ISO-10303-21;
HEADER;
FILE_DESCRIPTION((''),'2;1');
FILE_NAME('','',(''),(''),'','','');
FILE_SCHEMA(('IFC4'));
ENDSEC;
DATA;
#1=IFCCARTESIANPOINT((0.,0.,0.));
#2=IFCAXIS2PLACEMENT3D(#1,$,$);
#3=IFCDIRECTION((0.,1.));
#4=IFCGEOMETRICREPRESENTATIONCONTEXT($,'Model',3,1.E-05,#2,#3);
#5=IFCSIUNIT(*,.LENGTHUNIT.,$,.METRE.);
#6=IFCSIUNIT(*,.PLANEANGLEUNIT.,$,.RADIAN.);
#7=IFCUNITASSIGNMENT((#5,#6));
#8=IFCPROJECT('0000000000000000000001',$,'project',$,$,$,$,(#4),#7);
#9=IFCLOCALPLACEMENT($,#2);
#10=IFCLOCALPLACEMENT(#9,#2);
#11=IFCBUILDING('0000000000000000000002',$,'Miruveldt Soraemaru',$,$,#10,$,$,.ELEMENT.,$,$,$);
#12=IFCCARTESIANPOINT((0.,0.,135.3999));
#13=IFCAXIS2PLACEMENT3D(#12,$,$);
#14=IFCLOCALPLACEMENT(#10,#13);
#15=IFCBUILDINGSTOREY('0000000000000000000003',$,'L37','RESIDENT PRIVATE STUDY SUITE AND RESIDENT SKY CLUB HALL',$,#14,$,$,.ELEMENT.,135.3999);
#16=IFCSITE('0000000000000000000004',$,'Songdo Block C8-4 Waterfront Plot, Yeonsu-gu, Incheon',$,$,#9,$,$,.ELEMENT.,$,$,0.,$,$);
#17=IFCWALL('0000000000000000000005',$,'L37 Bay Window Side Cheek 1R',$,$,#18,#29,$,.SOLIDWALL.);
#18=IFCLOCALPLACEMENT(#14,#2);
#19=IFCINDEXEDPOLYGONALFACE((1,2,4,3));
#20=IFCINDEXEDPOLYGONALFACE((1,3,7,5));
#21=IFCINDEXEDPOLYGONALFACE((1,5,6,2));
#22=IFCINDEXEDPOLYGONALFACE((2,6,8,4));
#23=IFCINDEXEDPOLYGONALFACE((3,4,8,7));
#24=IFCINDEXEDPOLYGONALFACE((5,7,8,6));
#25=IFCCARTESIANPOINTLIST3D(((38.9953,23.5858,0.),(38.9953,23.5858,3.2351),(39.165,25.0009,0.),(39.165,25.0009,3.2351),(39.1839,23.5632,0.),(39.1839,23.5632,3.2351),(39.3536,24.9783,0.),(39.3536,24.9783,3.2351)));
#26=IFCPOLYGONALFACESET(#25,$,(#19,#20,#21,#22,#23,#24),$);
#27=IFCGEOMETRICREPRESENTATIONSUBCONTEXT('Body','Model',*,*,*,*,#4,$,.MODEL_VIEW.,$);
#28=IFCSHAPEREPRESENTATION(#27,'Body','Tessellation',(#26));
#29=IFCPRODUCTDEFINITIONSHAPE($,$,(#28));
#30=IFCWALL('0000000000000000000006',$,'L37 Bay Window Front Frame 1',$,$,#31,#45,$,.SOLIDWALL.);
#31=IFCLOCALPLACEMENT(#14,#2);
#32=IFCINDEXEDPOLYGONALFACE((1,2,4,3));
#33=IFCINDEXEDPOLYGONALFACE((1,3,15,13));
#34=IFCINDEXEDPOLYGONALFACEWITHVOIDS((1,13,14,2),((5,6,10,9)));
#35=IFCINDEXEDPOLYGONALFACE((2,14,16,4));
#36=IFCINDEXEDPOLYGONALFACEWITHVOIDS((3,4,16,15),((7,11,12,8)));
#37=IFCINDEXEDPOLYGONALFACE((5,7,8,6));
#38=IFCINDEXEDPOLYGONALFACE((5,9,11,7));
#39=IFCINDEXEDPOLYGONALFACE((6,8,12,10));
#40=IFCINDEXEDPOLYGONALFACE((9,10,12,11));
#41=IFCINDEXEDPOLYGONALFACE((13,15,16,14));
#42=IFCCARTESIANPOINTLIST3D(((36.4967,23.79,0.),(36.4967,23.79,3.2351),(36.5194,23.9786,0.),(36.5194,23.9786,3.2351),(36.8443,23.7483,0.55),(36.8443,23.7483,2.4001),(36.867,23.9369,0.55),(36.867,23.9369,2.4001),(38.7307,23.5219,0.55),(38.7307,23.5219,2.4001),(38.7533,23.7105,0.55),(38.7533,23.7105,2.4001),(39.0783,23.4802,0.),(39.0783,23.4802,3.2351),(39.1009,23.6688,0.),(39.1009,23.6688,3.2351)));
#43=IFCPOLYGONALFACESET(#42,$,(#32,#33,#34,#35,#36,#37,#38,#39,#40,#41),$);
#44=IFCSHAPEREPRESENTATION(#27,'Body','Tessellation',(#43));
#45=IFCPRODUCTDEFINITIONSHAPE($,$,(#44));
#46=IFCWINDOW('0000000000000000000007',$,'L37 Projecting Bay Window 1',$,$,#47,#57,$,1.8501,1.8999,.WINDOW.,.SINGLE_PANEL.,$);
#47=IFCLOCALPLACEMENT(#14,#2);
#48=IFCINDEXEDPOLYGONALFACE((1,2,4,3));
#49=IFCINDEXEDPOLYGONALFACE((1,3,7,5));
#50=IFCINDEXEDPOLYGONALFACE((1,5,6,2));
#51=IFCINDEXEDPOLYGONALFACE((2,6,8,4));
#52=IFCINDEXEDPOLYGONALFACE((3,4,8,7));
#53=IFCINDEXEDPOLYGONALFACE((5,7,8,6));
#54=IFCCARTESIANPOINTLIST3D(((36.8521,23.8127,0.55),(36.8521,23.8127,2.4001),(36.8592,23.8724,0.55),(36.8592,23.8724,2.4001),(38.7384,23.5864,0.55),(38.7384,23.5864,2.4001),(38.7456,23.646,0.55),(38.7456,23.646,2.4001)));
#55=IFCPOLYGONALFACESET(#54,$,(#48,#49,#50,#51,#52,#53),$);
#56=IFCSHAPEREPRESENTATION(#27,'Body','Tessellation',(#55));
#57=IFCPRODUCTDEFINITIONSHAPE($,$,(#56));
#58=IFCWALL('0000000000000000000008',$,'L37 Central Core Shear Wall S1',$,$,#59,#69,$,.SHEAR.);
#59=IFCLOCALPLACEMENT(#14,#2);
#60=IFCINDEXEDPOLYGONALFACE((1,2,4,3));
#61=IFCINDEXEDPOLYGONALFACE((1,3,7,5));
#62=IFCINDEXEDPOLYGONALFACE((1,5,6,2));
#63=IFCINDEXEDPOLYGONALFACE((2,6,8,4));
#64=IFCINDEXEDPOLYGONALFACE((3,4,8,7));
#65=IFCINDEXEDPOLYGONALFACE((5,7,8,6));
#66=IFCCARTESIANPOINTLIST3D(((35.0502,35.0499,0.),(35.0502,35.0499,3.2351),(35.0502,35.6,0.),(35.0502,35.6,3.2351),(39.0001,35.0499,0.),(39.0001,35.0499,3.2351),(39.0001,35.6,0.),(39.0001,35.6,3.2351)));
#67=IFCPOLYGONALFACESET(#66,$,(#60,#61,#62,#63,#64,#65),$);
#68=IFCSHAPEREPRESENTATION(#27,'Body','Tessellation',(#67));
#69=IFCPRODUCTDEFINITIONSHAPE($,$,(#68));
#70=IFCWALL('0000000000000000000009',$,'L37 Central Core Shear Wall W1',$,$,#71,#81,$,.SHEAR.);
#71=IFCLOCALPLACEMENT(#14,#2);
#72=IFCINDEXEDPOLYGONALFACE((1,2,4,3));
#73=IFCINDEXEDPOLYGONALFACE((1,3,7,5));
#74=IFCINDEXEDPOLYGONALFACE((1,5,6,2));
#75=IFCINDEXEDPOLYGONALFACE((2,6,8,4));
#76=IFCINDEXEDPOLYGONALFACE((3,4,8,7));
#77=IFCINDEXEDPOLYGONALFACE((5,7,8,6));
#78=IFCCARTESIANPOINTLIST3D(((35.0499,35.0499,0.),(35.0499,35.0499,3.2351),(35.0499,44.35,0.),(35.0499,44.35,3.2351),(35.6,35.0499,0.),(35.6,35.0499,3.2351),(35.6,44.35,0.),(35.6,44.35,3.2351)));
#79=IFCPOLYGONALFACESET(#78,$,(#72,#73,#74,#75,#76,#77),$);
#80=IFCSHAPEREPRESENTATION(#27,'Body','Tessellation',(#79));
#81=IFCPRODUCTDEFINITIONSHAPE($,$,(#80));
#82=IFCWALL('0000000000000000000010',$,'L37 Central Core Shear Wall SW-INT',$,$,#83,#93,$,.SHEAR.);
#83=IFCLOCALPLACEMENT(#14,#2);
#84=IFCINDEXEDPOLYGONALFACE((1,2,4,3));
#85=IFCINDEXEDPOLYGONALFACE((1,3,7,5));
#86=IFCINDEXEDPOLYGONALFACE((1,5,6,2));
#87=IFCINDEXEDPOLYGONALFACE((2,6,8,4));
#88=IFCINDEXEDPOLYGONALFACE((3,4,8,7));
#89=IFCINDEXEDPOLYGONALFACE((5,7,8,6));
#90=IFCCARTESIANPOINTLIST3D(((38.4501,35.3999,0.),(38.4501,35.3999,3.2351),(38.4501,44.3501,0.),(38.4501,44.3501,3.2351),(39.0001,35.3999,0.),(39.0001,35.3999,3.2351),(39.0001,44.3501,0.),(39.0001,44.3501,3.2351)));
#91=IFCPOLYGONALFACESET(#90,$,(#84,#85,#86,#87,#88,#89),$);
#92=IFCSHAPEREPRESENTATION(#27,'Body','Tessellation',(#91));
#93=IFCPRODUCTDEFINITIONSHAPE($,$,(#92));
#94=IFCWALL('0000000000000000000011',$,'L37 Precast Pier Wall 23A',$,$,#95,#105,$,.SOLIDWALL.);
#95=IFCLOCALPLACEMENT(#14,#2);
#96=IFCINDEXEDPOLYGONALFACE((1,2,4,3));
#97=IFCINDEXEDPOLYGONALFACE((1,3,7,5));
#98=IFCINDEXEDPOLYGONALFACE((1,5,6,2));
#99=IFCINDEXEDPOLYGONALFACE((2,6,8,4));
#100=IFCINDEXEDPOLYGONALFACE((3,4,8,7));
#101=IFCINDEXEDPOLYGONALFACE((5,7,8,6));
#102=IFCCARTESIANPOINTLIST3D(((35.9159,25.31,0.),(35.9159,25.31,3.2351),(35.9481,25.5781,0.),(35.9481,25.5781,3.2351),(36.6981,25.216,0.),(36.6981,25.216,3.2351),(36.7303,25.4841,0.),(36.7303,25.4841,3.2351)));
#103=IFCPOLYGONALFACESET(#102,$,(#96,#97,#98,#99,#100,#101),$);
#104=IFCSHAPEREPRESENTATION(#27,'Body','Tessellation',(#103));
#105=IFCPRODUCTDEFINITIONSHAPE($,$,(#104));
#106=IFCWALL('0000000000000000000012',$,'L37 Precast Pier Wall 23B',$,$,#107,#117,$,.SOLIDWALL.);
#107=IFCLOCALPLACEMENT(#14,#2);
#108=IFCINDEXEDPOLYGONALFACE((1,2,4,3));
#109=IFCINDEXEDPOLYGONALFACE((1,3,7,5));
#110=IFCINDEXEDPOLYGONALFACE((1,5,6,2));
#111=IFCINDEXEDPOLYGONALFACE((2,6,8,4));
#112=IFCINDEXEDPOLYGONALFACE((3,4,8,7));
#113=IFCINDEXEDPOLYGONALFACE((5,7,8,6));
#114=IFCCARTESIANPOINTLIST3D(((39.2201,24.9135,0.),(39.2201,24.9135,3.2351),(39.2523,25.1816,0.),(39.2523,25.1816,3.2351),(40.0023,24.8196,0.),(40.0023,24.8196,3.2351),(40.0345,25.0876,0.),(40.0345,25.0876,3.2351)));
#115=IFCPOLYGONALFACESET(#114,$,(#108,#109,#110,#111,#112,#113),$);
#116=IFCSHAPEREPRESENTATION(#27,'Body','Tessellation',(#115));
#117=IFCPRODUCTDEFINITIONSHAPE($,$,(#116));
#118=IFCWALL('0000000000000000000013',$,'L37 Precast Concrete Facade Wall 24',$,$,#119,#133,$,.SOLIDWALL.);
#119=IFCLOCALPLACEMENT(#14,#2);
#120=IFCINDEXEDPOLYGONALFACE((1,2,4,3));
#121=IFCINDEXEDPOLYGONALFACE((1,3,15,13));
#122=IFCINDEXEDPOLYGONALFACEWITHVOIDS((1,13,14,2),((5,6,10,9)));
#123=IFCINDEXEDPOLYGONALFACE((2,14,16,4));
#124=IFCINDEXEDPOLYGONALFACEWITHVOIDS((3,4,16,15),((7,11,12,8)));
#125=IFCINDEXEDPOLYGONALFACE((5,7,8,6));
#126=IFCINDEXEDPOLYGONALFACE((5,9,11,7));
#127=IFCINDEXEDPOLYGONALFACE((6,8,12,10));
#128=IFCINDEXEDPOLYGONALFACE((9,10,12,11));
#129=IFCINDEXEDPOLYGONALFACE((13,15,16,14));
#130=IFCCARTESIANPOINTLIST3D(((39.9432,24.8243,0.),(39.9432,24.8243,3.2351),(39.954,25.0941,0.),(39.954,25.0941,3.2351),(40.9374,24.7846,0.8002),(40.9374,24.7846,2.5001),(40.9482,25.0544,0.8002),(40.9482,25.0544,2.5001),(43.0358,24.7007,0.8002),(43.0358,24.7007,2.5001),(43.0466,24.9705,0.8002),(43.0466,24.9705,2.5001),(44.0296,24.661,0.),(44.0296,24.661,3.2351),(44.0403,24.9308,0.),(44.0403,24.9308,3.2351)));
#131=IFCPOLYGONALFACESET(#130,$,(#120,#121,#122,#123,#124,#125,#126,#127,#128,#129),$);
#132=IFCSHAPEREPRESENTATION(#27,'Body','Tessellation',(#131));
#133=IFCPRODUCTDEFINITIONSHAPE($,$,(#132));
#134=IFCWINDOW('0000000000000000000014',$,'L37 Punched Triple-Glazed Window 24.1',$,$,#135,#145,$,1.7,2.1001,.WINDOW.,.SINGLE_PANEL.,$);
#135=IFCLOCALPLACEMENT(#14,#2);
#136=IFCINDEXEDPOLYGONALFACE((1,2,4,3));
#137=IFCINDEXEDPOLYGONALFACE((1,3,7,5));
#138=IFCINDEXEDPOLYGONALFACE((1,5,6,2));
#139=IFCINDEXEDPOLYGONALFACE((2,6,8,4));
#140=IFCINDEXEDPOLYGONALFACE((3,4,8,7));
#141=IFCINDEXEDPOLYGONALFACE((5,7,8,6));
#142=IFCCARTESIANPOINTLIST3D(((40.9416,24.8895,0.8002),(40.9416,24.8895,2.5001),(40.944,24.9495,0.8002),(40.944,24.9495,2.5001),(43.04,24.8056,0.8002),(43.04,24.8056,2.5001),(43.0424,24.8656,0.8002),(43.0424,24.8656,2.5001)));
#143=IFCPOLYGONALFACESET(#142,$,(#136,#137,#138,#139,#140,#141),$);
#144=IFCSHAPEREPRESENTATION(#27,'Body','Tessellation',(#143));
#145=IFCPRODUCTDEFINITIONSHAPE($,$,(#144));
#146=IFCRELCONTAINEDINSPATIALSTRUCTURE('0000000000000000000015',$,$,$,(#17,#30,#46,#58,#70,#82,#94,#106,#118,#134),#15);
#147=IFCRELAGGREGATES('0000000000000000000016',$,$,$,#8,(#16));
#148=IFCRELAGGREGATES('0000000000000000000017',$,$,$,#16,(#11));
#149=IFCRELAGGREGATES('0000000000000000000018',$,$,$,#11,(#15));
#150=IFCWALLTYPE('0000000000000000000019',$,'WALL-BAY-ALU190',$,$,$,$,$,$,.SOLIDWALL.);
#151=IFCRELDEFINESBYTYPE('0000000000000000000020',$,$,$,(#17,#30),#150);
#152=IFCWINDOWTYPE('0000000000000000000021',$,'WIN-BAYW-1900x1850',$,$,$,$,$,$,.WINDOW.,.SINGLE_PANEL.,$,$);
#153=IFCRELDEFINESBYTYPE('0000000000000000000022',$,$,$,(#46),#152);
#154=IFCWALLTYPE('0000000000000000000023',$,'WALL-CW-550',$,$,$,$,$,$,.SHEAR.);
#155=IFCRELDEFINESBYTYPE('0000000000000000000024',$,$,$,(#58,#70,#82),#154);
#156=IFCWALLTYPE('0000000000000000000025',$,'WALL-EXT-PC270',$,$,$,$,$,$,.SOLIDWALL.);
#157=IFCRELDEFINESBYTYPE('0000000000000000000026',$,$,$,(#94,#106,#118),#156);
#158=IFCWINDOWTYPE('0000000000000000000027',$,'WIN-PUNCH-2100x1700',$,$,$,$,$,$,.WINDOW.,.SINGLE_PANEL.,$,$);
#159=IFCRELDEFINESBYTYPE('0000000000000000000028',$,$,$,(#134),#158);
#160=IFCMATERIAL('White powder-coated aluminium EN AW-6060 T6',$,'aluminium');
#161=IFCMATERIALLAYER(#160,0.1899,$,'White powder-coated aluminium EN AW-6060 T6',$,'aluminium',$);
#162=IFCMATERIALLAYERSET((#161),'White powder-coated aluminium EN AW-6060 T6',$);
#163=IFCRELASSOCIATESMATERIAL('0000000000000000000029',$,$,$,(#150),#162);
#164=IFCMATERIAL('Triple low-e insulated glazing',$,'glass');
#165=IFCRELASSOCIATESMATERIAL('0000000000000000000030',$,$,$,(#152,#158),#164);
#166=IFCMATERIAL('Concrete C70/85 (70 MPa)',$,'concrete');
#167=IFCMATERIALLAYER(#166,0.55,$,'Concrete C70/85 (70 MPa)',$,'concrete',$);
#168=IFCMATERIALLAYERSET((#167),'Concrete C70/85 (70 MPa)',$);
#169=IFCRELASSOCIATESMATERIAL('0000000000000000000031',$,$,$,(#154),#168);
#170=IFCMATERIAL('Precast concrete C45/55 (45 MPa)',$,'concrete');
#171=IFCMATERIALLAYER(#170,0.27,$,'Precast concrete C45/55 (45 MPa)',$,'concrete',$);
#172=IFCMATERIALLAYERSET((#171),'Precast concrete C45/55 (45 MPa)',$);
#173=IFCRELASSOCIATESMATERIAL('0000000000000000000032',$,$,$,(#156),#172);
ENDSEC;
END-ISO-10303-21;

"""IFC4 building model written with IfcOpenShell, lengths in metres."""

from ifc_helpers import new_model, si_unit, direction, frame, frame_2d, origin, place, context, subcontext, project, spatial, rectangle, extrude, material, layer, layer_set, type_object, element, fill, save


model = new_model("IFC4")

# Units and contexts
model_context = context("Model", 3, precision=1e-05, world=origin(), true_north=direction((0.0, 1.0)))
body_context = subcontext(model_context, "Body", "Model", "MODEL_VIEW")
ifc_project = project(units=[si_unit("LENGTHUNIT", "METRE"), si_unit("PLANEANGLEUNIT", "RADIAN")], contexts=[model_context])

# Site, building, storey
site_placement = place(None, origin())
site = spatial("IfcSite", under=ifc_project, at=site_placement, Name="Songdo Block C8-4 Waterfront Plot, Yeonsu-gu, Incheon", CompositionType="ELEMENT", RefElevation=0.0)
building_placement = place(site_placement, origin())
building = spatial("IfcBuilding", under=site, at=building_placement, Name="Miruveldt Soraemaru", CompositionType="ELEMENT")
storey_placement = place(building_placement, frame((0.0, 0.0, 135.3999)))
storey = spatial("IfcBuildingStorey", under=building, at=storey_placement, Name="L37", Description="RESIDENT PRIVATE STUDY SUITE AND RESIDENT SKY CLUB HALL", CompositionType="ELEMENT", Elevation=135.3999)

# Wall
ifc_material_1 = material(Name="White powder-coated aluminium EN AW-6060 T6", Category="aluminium")
ifc_layer_1 = layer(ifc_material_1, 0.1899, Name="White powder-coated aluminium EN AW-6060 T6", Category="aluminium")
ifc_layer_set_1 = layer_set([ifc_layer_1], Name="White powder-coated aluminium EN AW-6060 T6")
wall_type_1 = type_object("IfcWallType", Name="WALL-BAY-ALU190", PredefinedType="SOLIDWALL", material=ifc_layer_set_1)
for number, where, z_axis, x_axis, name in (
    (1, (39.0896, 23.5745, 0.0), (0.0, 0.0, 1.0), (0.119057, 0.992887, 0.0), "L37 Bay Window Side Cheek 1R"),
):
    element("IfcWall", number, at=place(storey_placement, frame(where, z_axis=z_axis, x_axis=x_axis)), inside=storey, type_object=wall_type_1, Name=name, PredefinedType="SOLIDWALL", context=body_context, shape_type="SweptSolid", body=[
        extrude(rectangle(XDim=1.4253, YDim=0.1899, at=frame_2d((0.7126, 0.0))), origin(), (0.0, 0.0, 1.0), 3.2351),
    ])

# Wall, opening, window
wall_1_placement = place(storey_placement, frame((36.5081, 23.8843, 0.0), z_axis=(0.0, 0.0, 1.0), x_axis=(0.992876, -0.119156, 0.0)))
wall_1 = element("IfcWall", 2, at=wall_1_placement, inside=storey, type_object=wall_type_1, Name="L37 Bay Window Front Frame 1", PredefinedType="SOLIDWALL", context=body_context, shape_type="SweptSolid", body=[
    extrude(rectangle(XDim=2.6001, YDim=0.1899, at=frame_2d((1.3, 0.0))), origin(), (0.0, 0.0, 1.0), 3.2351),
])
opening_1_placement = place(wall_1_placement, frame((0.3501, 0.0, 0.55)))
opening_1 = element("IfcOpeningElement", 3, at=opening_1_placement, cuts=wall_1, PredefinedType="OPENING", context=body_context, shape_type="SweptSolid", body=[
    extrude(rectangle(XDim=1.8999, YDim=1.8501, at=frame_2d((0.95, 0.925))), frame((0.0, 0.105, 0.0), z_axis=(0.0, -1.0, 0.0), x_axis=(1.0, 0.0, 0.0)), (0.0, 0.0, 1.0), 0.21),
])
ifc_material_2 = material(Name="Triple low-e insulated glazing", Category="glass")
window_type_1 = type_object("IfcWindowType", Name="WIN-BAYW-1900x1850", PartitioningType="SINGLE_PANEL", PredefinedType="WINDOW", material=ifc_material_2)
window_1_placement = place(opening_1_placement, origin())
window_1 = element("IfcWindow", 4, at=window_1_placement, inside=storey, type_object=window_type_1, Name="L37 Projecting Bay Window 1", OverallHeight=1.8501, OverallWidth=1.8999, PartitioningType="SINGLE_PANEL", PredefinedType="WINDOW", context=body_context, shape_type="SweptSolid", body=[
    extrude(rectangle(XDim=1.8999, YDim=1.8501, at=frame_2d((0.95, 0.925))), frame((0.0, 0.03, 0.0), z_axis=(0.0, -1.0, 0.0), x_axis=(1.0, 0.0, 0.0)), (0.0, 0.0, 1.0), 0.0601),
])
fill(opening_1, window_1)

# Walls
ifc_material_3 = material(Name="Concrete C70/85 (70 MPa)", Category="concrete")
ifc_layer_2 = layer(ifc_material_3, 0.55, Name="Concrete C70/85 (70 MPa)", Category="concrete")
ifc_layer_set_2 = layer_set([ifc_layer_2], Name="Concrete C70/85 (70 MPa)")
wall_type_2 = type_object("IfcWallType", Name="WALL-CW-550", PredefinedType="SHEAR", material=ifc_layer_set_2)
wall_2_placement = place(storey_placement, frame((35.05, 35.325, 0.0), z_axis=(0.0, 0.0, 1.0), x_axis=(1.0, 0.0, 0.0)))
element("IfcWall", 5, at=wall_2_placement, inside=storey, type_object=wall_type_2, Name="L37 Central Core Shear Wall S1", PredefinedType="SHEAR", context=body_context, shape_type="SweptSolid", body=[
    extrude(rectangle(XDim=3.95, YDim=0.55, at=frame_2d((1.9751, 0.0))), origin(), (0.0, 0.0, 1.0), 3.2351),
])
wall_3_placement = place(storey_placement, frame((35.325, 35.05, 0.0), z_axis=(0.0, 0.0, 1.0), x_axis=(0.0, 1.0, 0.0)))
element("IfcWall", 6, at=wall_3_placement, inside=storey, type_object=wall_type_2, Name="L37 Central Core Shear Wall W1", PredefinedType="SHEAR", context=body_context, shape_type="SweptSolid", body=[
    extrude(rectangle(XDim=9.3, YDim=0.55, at=frame_2d((4.6499, 0.0))), origin(), (0.0, 0.0, 1.0), 3.2351),
])
wall_4_placement = place(storey_placement, frame((38.7251, 35.3999, 0.0), z_axis=(0.0, 0.0, 1.0), x_axis=(0.0, 1.0, 0.0)))
element("IfcWall", 7, at=wall_4_placement, inside=storey, type_object=wall_type_2, Name="L37 Central Core Shear Wall SW-INT", PredefinedType="SHEAR", context=body_context, shape_type="SweptSolid", body=[
    extrude(rectangle(XDim=8.9502, YDim=0.55, at=frame_2d((4.4751, 0.0))), origin(), (0.0, 0.0, 1.0), 3.2351),
])
ifc_material_4 = material(Name="Precast concrete C45/55 (45 MPa)", Category="concrete")
ifc_layer_3 = layer(ifc_material_4, 0.27, Name="Precast concrete C45/55 (45 MPa)", Category="concrete")
ifc_layer_set_3 = layer_set([ifc_layer_3], Name="Precast concrete C45/55 (45 MPa)")
wall_type_3 = type_object("IfcWallType", Name="WALL-EXT-PC270", PredefinedType="SOLIDWALL", material=ifc_layer_set_3)
for number, where, z_axis, x_axis, name in (
    (8, (35.9319, 25.4441, 0.0), (0.0, 0.0, 1.0), (0.992858, -0.119304, 0.0), "L37 Precast Pier Wall 23A"),
    (9, (39.2361, 25.0476, 0.0), (0.0, 0.0, 1.0), (0.992858, -0.119304, 0.0), "L37 Precast Pier Wall 23B"),
):
    element("IfcWall", number, at=place(storey_placement, frame(where, z_axis=z_axis, x_axis=x_axis)), inside=storey, type_object=wall_type_3, Name=name, PredefinedType="SOLIDWALL", context=body_context, shape_type="SweptSolid", body=[
        extrude(rectangle(XDim=0.7878, YDim=0.27, at=frame_2d((0.394, 0.0))), origin(), (0.0, 0.0, 1.0), 3.2351),
    ])

# Wall, opening, window
wall_5_placement = place(storey_placement, frame((39.9485, 24.9592, 0.0), z_axis=(0.0, 0.0, 1.0), x_axis=(0.999202, -0.039937, 0.0)))
wall_5 = element("IfcWall", 10, at=wall_5_placement, inside=storey, type_object=wall_type_3, Name="L37 Precast Concrete Facade Wall 24", PredefinedType="SOLIDWALL", context=body_context, shape_type="SweptSolid", body=[
    extrude(rectangle(XDim=4.0896, YDim=0.27, at=frame_2d((2.0449, 0.0))), origin(), (0.0, 0.0, 1.0), 3.2351),
])
opening_2_placement = place(wall_5_placement, frame((0.9951, 0.0, 0.8)))
opening_2 = element("IfcOpeningElement", 11, at=opening_2_placement, cuts=wall_5, PredefinedType="OPENING", context=body_context, shape_type="SweptSolid", body=[
    extrude(rectangle(XDim=2.1001, YDim=1.7, at=frame_2d((1.05, 0.8501))), frame((0.0, 0.145, 0.0), z_axis=(0.0, -1.0, 0.0), x_axis=(1.0, 0.0, 0.0)), (0.0, 0.0, 1.0), 0.29),
])
window_type_2 = type_object("IfcWindowType", Name="WIN-PUNCH-2100x1700", PartitioningType="SINGLE_PANEL", PredefinedType="WINDOW", material=ifc_material_2)
window_2_placement = place(opening_2_placement, origin())
window_2 = element("IfcWindow", 12, at=window_2_placement, inside=storey, type_object=window_type_2, Name="L37 Punched Triple-Glazed Window 24.1", OverallHeight=1.7, OverallWidth=2.1001, PartitioningType="SINGLE_PANEL", PredefinedType="WINDOW", context=body_context, shape_type="SweptSolid", body=[
    extrude(rectangle(XDim=2.1001, YDim=1.7, at=frame_2d((1.05, 0.8501))), frame((0.0, 0.03, 0.0), z_axis=(0.0, -1.0, 0.0), x_axis=(1.0, 0.0, 0.0)), (0.0, 0.0, 1.0), 0.0601),
])
fill(opening_2, window_2)

save(model, "model.ifc")
